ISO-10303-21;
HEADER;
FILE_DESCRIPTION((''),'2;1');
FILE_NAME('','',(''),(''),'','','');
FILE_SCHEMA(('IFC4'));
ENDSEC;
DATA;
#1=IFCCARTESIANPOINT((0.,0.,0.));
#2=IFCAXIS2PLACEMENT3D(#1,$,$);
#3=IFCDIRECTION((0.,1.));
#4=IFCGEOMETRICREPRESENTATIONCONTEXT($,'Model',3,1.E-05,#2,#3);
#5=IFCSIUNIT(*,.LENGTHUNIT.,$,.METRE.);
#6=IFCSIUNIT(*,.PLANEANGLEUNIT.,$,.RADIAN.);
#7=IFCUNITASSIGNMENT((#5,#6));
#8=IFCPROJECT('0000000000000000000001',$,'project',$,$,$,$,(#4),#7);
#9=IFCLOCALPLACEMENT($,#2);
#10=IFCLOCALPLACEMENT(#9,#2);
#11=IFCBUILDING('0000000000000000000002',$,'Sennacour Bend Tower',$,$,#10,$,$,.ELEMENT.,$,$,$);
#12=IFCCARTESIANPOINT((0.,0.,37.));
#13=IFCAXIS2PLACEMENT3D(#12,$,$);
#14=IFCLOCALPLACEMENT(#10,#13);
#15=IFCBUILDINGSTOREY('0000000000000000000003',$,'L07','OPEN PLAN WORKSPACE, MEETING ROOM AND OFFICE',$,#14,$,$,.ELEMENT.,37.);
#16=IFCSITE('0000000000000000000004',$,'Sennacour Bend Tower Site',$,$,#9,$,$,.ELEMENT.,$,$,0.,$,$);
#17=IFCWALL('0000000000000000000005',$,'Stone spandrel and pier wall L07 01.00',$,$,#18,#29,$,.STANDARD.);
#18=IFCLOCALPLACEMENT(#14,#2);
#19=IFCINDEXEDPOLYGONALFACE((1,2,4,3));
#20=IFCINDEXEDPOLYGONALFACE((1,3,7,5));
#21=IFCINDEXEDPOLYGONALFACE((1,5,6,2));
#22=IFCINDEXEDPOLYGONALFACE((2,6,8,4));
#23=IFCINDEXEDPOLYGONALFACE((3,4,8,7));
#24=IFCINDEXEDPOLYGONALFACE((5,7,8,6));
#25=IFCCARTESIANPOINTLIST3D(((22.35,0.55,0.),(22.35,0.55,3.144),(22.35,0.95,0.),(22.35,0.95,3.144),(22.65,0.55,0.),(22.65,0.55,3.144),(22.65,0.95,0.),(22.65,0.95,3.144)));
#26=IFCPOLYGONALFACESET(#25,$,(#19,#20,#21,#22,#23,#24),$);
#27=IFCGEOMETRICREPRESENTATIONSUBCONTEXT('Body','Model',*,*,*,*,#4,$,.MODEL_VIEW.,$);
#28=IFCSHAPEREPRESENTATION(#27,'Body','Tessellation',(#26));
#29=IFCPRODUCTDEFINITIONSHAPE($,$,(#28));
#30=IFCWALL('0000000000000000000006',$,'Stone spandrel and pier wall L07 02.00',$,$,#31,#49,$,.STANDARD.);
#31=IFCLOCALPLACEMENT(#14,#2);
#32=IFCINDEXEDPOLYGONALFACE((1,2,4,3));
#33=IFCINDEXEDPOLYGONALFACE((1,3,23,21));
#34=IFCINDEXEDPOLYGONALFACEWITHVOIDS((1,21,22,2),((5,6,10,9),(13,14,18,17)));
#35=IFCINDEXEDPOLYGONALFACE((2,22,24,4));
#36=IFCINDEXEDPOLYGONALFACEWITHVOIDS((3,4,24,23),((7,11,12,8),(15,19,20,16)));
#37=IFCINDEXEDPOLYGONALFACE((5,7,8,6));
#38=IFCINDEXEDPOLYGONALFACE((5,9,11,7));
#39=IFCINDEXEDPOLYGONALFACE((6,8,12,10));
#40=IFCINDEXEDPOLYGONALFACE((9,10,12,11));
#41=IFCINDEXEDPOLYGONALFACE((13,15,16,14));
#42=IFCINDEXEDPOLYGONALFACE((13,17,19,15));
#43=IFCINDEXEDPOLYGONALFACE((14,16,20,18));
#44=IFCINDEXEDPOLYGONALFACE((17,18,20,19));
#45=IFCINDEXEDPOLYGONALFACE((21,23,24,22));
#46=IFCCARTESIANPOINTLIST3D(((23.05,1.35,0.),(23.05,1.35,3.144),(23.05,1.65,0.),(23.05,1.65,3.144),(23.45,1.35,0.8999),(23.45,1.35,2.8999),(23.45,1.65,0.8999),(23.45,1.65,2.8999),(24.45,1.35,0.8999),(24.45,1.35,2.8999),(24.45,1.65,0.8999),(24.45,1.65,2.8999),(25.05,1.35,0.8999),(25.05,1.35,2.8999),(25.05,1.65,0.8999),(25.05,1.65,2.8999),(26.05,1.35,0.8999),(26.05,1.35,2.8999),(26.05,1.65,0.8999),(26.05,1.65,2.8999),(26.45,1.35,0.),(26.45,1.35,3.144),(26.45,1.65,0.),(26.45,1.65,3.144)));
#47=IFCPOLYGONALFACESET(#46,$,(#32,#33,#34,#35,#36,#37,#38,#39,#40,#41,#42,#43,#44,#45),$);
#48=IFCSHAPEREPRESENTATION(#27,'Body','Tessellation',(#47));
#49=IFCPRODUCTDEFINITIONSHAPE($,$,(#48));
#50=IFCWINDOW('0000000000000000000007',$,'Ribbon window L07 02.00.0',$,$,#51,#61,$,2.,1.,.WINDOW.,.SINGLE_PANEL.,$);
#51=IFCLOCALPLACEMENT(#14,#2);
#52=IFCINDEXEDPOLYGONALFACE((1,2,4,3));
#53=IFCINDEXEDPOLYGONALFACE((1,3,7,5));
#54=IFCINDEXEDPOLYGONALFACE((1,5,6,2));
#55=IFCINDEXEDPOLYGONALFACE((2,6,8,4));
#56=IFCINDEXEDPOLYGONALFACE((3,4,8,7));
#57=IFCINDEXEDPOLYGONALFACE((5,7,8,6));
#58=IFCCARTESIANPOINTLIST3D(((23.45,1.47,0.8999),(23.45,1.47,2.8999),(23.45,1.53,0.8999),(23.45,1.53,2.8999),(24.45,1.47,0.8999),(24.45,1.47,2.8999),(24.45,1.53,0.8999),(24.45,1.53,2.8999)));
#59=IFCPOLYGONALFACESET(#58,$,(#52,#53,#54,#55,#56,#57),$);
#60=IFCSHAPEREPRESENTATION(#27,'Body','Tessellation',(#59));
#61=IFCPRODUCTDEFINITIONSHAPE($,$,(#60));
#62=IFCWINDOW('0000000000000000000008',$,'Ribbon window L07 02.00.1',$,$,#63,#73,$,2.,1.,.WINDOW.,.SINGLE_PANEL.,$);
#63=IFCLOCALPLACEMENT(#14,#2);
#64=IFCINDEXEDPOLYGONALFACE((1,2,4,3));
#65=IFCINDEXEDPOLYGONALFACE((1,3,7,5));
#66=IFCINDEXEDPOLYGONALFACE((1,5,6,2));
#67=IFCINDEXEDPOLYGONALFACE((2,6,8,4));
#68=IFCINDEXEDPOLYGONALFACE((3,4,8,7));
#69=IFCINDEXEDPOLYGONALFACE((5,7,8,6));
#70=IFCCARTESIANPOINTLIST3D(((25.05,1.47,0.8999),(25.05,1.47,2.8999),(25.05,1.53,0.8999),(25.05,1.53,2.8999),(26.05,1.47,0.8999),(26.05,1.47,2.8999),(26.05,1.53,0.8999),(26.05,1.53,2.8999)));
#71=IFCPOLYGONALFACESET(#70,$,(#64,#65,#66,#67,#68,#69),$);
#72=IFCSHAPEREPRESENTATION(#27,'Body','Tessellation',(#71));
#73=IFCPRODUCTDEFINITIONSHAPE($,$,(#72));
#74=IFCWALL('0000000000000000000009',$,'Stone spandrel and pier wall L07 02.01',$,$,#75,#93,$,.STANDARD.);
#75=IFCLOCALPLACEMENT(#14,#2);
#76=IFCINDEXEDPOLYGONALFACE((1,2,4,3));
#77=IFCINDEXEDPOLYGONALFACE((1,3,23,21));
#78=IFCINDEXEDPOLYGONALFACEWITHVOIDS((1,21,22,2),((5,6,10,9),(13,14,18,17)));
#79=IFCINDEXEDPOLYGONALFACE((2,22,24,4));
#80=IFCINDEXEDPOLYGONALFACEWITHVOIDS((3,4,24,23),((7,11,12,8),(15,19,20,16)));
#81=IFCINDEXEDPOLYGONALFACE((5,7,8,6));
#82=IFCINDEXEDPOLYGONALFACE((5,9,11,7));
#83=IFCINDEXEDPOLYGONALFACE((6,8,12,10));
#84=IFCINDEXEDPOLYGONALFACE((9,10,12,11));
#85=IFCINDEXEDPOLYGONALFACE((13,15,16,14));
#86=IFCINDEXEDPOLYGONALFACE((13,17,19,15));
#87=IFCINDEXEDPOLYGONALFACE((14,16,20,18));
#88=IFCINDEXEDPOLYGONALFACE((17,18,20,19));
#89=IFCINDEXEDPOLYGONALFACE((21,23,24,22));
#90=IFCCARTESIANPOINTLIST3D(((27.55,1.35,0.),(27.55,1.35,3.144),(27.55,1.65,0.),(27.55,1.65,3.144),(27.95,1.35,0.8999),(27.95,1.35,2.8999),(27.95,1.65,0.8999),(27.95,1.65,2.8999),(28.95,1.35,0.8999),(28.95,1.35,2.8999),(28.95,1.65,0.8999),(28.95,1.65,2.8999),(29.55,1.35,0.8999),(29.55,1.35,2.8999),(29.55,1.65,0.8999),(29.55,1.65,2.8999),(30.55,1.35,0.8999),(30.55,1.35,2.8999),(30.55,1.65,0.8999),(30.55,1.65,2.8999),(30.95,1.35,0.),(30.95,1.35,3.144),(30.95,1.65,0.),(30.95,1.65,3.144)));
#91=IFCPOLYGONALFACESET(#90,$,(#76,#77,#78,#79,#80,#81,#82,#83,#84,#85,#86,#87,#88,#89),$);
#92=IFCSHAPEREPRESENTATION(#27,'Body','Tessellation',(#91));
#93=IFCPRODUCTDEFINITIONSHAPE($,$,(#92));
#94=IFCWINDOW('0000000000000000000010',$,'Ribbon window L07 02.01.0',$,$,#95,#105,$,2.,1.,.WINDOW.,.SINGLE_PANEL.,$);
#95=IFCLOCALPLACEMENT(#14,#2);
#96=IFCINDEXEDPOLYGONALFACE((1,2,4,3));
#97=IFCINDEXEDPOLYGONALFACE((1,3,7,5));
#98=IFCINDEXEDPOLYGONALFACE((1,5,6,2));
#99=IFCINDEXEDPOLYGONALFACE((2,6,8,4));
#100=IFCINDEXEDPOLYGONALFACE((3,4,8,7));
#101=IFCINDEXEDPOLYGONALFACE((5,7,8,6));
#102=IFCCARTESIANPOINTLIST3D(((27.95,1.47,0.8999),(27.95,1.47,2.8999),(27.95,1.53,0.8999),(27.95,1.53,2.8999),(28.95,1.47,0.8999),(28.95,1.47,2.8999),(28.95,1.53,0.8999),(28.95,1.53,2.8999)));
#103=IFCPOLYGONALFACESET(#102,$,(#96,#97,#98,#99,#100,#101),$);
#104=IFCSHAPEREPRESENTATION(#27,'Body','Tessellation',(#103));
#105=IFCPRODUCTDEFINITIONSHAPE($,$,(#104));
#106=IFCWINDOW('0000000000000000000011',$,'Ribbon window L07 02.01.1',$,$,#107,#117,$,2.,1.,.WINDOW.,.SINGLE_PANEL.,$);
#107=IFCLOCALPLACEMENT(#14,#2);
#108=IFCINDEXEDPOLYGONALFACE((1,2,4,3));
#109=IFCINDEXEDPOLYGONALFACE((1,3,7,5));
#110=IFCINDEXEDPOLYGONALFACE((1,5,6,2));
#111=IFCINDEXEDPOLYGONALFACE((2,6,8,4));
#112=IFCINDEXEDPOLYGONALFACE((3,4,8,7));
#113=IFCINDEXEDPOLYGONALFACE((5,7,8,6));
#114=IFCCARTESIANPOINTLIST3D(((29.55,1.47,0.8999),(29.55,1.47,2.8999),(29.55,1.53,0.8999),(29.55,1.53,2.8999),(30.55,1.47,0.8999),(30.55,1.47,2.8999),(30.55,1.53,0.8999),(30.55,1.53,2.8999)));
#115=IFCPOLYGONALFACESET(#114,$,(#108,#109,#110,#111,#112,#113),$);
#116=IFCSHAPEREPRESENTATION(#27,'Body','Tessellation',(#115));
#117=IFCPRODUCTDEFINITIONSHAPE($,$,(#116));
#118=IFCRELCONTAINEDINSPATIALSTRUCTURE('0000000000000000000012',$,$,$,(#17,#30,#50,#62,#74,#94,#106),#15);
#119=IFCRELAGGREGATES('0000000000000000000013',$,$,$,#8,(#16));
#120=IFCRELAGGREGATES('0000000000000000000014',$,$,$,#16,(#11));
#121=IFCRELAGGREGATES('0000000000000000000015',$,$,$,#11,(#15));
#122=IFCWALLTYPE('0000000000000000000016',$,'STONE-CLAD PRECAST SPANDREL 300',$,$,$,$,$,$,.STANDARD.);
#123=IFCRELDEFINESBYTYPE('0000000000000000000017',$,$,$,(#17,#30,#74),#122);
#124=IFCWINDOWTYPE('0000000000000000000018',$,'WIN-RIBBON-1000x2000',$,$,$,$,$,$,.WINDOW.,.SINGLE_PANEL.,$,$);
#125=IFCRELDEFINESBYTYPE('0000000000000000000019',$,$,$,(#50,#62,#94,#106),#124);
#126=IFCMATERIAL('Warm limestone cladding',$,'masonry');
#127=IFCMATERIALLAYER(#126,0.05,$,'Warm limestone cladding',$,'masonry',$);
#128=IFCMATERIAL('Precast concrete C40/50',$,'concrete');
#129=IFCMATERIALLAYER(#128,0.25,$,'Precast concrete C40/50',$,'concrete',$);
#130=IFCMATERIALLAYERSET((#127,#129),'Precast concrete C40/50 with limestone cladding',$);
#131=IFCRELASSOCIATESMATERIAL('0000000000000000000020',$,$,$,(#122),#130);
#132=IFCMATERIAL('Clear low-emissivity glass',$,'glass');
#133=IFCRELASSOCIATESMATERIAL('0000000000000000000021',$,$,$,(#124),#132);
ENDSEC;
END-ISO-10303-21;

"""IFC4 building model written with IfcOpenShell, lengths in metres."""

from ifc_helpers import new_model, si_unit, direction, frame, frame_2d, origin, place, context, subcontext, project, spatial, rectangle, extrude, material, layer, layer_set, type_object, element, fill, save


model = new_model("IFC4")

# Units and contexts
model_context = context("Model", 3, precision=1e-05, world=origin(), true_north=direction((0.0, 1.0)))
body_context = subcontext(model_context, "Body", "Model", "MODEL_VIEW")
ifc_project = project(units=[si_unit("LENGTHUNIT", "METRE"), si_unit("PLANEANGLEUNIT", "RADIAN")], contexts=[model_context])

# Site, building, storey
site_placement = place(None, origin())
site = spatial("IfcSite", under=ifc_project, at=site_placement, Name="Sennacour Bend Tower Site", CompositionType="ELEMENT", RefElevation=0.0)
building_placement = place(site_placement, origin())
building = spatial("IfcBuilding", under=site, at=building_placement, Name="Sennacour Bend Tower", CompositionType="ELEMENT")
storey_placement = place(building_placement, frame((0.0, 0.0, 37.0)))
storey = spatial("IfcBuildingStorey", under=building, at=storey_placement, Name="L07", Description="OPEN PLAN WORKSPACE, MEETING ROOM AND OFFICE", CompositionType="ELEMENT", Elevation=37.0)

# Wall
ifc_material_1 = material(Name="Warm limestone cladding", Category="masonry")
ifc_layer_1 = layer(ifc_material_1, 0.05, Name="Warm limestone cladding", Category="masonry")
ifc_material_2 = material(Name="Precast concrete C40/50", Category="concrete")
ifc_layer_2 = layer(ifc_material_2, 0.25, Name="Precast concrete C40/50", Category="concrete")
ifc_layer_set_1 = layer_set([ifc_layer_1, ifc_layer_2], Name="Precast concrete C40/50 with limestone cladding")
wall_type_1 = type_object("IfcWallType", Name="STONE-CLAD PRECAST SPANDREL 300", PredefinedType="STANDARD", material=ifc_layer_set_1)
wall_1_placement = place(storey_placement, frame((22.5, 0.55, 0.0), z_axis=(0.0, 0.0, 1.0), x_axis=(0.0, 1.0, 0.0)))
element("IfcWall", 1, at=wall_1_placement, inside=storey, type_object=wall_type_1, Name="Stone spandrel and pier wall L07 01.00", PredefinedType="STANDARD", context=body_context, shape_type="SweptSolid", body=[
    extrude(rectangle(XDim=0.3999, YDim=0.3, at=frame_2d((0.2, 0.0))), origin(), (0.0, 0.0, 1.0), 3.144),
])

# Walls, openings, windows
wall_2_placement = place(storey_placement, frame((23.05, 1.5, 0.0), z_axis=(0.0, 0.0, 1.0), x_axis=(1.0, 0.0, 0.0)))
wall_2 = element("IfcWall", 2, at=wall_2_placement, inside=storey, type_object=wall_type_1, Name="Stone spandrel and pier wall L07 02.00", PredefinedType="STANDARD", context=body_context, shape_type="SweptSolid", body=[
    extrude(rectangle(XDim=3.3999, YDim=0.3, at=frame_2d((1.7, 0.0))), origin(), (0.0, 0.0, 1.0), 3.144),
])
opening_1_placement = place(wall_2_placement, frame((0.3999, 0.0, 0.8999)))
opening_1 = element("IfcOpeningElement", 3, at=opening_1_placement, cuts=wall_2, PredefinedType="OPENING", context=body_context, shape_type="SweptSolid", body=[
    extrude(rectangle(XDim=1.0, YDim=2.0, at=frame_2d((0.5, 1.0))), frame((0.0, 0.1602, 0.0), z_axis=(0.0, -1.0, 0.0), x_axis=(1.0, 0.0, 0.0)), (0.0, 0.0, 1.0), 0.3201),
])
opening_2_placement = place(wall_2_placement, frame((2.0, 0.0, 0.8999)))
opening_2 = element("IfcOpeningElement", 4, at=opening_2_placement, cuts=wall_2, PredefinedType="OPENING", context=body_context, shape_type="SweptSolid", body=[
    extrude(rectangle(XDim=1.0, YDim=2.0, at=frame_2d((0.5, 1.0))), frame((0.0, 0.1602, 0.0), z_axis=(0.0, -1.0, 0.0), x_axis=(1.0, 0.0, 0.0)), (0.0, 0.0, 1.0), 0.3201),
])
ifc_material_3 = material(Name="Clear low-emissivity glass", Category="glass")
window_type = type_object("IfcWindowType", Name="WIN-RIBBON-1000x2000", PartitioningType="SINGLE_PANEL", PredefinedType="WINDOW", material=ifc_material_3)
window_1_placement = place(opening_1_placement, origin())
window_1 = element("IfcWindow", 5, at=window_1_placement, inside=storey, type_object=window_type, Name="Ribbon window L07 02.00.0", OverallHeight=2.0, OverallWidth=1.0, PartitioningType="SINGLE_PANEL", PredefinedType="WINDOW", context=body_context, shape_type="SweptSolid", body=[
    extrude(rectangle(XDim=1.0, YDim=2.0, at=frame_2d((0.5, 1.0))), frame((0.0, 0.03, 0.0), z_axis=(0.0, -1.0, 0.0), x_axis=(1.0, 0.0, 0.0)), (0.0, 0.0, 1.0), 0.0601),
])
fill(opening_1, window_1)
window_2_placement = place(opening_2_placement, origin())
window_2 = element("IfcWindow", 6, at=window_2_placement, inside=storey, type_object=window_type, Name="Ribbon window L07 02.00.1", OverallHeight=2.0, OverallWidth=1.0, PartitioningType="SINGLE_PANEL", PredefinedType="WINDOW", context=body_context, shape_type="SweptSolid", body=[
    extrude(rectangle(XDim=1.0, YDim=2.0, at=frame_2d((0.5, 1.0))), frame((0.0, 0.03, 0.0), z_axis=(0.0, -1.0, 0.0), x_axis=(1.0, 0.0, 0.0)), (0.0, 0.0, 1.0), 0.0601),
])
fill(opening_2, window_2)
wall_3_placement = place(storey_placement, frame((27.55, 1.5, 0.0), z_axis=(0.0, 0.0, 1.0), x_axis=(1.0, 0.0, 0.0)))
wall_3 = element("IfcWall", 7, at=wall_3_placement, inside=storey, type_object=wall_type_1, Name="Stone spandrel and pier wall L07 02.01", PredefinedType="STANDARD", context=body_context, shape_type="SweptSolid", body=[
    extrude(rectangle(XDim=3.3999, YDim=0.3, at=frame_2d((1.7, 0.0))), origin(), (0.0, 0.0, 1.0), 3.144),
])
opening_3_placement = place(wall_3_placement, frame((0.3999, 0.0, 0.8999)))
opening_3 = element("IfcOpeningElement", 8, at=opening_3_placement, cuts=wall_3, PredefinedType="OPENING", context=body_context, shape_type="SweptSolid", body=[
    extrude(rectangle(XDim=1.0, YDim=2.0, at=frame_2d((0.5, 1.0))), frame((0.0, 0.1602, 0.0), z_axis=(0.0, -1.0, 0.0), x_axis=(1.0, 0.0, 0.0)), (0.0, 0.0, 1.0), 0.3201),
])
opening_4_placement = place(wall_3_placement, frame((2.0, 0.0, 0.8999)))
opening_4 = element("IfcOpeningElement", 9, at=opening_4_placement, cuts=wall_3, PredefinedType="OPENING", context=body_context, shape_type="SweptSolid", body=[
    extrude(rectangle(XDim=1.0, YDim=2.0, at=frame_2d((0.5, 1.0))), frame((0.0, 0.1602, 0.0), z_axis=(0.0, -1.0, 0.0), x_axis=(1.0, 0.0, 0.0)), (0.0, 0.0, 1.0), 0.3201),
])
window_3_placement = place(opening_3_placement, origin())
window_3 = element("IfcWindow", 10, at=window_3_placement, inside=storey, type_object=window_type, Name="Ribbon window L07 02.01.0", OverallHeight=2.0, OverallWidth=1.0, PartitioningType="SINGLE_PANEL", PredefinedType="WINDOW", context=body_context, shape_type="SweptSolid", body=[
    extrude(rectangle(XDim=1.0, YDim=2.0, at=frame_2d((0.5, 1.0))), frame((0.0, 0.03, 0.0), z_axis=(0.0, -1.0, 0.0), x_axis=(1.0, 0.0, 0.0)), (0.0, 0.0, 1.0), 0.0601),
])
fill(opening_3, window_3)
window_4_placement = place(opening_4_placement, origin())
window_4 = element("IfcWindow", 11, at=window_4_placement, inside=storey, type_object=window_type, Name="Ribbon window L07 02.01.1", OverallHeight=2.0, OverallWidth=1.0, PartitioningType="SINGLE_PANEL", PredefinedType="WINDOW", context=body_context, shape_type="SweptSolid", body=[
    extrude(rectangle(XDim=1.0, YDim=2.0, at=frame_2d((0.5, 1.0))), frame((0.0, 0.03, 0.0), z_axis=(0.0, -1.0, 0.0), x_axis=(1.0, 0.0, 0.0)), (0.0, 0.0, 1.0), 0.0601),
])
fill(opening_4, window_4)

save(model, "model.ifc")
